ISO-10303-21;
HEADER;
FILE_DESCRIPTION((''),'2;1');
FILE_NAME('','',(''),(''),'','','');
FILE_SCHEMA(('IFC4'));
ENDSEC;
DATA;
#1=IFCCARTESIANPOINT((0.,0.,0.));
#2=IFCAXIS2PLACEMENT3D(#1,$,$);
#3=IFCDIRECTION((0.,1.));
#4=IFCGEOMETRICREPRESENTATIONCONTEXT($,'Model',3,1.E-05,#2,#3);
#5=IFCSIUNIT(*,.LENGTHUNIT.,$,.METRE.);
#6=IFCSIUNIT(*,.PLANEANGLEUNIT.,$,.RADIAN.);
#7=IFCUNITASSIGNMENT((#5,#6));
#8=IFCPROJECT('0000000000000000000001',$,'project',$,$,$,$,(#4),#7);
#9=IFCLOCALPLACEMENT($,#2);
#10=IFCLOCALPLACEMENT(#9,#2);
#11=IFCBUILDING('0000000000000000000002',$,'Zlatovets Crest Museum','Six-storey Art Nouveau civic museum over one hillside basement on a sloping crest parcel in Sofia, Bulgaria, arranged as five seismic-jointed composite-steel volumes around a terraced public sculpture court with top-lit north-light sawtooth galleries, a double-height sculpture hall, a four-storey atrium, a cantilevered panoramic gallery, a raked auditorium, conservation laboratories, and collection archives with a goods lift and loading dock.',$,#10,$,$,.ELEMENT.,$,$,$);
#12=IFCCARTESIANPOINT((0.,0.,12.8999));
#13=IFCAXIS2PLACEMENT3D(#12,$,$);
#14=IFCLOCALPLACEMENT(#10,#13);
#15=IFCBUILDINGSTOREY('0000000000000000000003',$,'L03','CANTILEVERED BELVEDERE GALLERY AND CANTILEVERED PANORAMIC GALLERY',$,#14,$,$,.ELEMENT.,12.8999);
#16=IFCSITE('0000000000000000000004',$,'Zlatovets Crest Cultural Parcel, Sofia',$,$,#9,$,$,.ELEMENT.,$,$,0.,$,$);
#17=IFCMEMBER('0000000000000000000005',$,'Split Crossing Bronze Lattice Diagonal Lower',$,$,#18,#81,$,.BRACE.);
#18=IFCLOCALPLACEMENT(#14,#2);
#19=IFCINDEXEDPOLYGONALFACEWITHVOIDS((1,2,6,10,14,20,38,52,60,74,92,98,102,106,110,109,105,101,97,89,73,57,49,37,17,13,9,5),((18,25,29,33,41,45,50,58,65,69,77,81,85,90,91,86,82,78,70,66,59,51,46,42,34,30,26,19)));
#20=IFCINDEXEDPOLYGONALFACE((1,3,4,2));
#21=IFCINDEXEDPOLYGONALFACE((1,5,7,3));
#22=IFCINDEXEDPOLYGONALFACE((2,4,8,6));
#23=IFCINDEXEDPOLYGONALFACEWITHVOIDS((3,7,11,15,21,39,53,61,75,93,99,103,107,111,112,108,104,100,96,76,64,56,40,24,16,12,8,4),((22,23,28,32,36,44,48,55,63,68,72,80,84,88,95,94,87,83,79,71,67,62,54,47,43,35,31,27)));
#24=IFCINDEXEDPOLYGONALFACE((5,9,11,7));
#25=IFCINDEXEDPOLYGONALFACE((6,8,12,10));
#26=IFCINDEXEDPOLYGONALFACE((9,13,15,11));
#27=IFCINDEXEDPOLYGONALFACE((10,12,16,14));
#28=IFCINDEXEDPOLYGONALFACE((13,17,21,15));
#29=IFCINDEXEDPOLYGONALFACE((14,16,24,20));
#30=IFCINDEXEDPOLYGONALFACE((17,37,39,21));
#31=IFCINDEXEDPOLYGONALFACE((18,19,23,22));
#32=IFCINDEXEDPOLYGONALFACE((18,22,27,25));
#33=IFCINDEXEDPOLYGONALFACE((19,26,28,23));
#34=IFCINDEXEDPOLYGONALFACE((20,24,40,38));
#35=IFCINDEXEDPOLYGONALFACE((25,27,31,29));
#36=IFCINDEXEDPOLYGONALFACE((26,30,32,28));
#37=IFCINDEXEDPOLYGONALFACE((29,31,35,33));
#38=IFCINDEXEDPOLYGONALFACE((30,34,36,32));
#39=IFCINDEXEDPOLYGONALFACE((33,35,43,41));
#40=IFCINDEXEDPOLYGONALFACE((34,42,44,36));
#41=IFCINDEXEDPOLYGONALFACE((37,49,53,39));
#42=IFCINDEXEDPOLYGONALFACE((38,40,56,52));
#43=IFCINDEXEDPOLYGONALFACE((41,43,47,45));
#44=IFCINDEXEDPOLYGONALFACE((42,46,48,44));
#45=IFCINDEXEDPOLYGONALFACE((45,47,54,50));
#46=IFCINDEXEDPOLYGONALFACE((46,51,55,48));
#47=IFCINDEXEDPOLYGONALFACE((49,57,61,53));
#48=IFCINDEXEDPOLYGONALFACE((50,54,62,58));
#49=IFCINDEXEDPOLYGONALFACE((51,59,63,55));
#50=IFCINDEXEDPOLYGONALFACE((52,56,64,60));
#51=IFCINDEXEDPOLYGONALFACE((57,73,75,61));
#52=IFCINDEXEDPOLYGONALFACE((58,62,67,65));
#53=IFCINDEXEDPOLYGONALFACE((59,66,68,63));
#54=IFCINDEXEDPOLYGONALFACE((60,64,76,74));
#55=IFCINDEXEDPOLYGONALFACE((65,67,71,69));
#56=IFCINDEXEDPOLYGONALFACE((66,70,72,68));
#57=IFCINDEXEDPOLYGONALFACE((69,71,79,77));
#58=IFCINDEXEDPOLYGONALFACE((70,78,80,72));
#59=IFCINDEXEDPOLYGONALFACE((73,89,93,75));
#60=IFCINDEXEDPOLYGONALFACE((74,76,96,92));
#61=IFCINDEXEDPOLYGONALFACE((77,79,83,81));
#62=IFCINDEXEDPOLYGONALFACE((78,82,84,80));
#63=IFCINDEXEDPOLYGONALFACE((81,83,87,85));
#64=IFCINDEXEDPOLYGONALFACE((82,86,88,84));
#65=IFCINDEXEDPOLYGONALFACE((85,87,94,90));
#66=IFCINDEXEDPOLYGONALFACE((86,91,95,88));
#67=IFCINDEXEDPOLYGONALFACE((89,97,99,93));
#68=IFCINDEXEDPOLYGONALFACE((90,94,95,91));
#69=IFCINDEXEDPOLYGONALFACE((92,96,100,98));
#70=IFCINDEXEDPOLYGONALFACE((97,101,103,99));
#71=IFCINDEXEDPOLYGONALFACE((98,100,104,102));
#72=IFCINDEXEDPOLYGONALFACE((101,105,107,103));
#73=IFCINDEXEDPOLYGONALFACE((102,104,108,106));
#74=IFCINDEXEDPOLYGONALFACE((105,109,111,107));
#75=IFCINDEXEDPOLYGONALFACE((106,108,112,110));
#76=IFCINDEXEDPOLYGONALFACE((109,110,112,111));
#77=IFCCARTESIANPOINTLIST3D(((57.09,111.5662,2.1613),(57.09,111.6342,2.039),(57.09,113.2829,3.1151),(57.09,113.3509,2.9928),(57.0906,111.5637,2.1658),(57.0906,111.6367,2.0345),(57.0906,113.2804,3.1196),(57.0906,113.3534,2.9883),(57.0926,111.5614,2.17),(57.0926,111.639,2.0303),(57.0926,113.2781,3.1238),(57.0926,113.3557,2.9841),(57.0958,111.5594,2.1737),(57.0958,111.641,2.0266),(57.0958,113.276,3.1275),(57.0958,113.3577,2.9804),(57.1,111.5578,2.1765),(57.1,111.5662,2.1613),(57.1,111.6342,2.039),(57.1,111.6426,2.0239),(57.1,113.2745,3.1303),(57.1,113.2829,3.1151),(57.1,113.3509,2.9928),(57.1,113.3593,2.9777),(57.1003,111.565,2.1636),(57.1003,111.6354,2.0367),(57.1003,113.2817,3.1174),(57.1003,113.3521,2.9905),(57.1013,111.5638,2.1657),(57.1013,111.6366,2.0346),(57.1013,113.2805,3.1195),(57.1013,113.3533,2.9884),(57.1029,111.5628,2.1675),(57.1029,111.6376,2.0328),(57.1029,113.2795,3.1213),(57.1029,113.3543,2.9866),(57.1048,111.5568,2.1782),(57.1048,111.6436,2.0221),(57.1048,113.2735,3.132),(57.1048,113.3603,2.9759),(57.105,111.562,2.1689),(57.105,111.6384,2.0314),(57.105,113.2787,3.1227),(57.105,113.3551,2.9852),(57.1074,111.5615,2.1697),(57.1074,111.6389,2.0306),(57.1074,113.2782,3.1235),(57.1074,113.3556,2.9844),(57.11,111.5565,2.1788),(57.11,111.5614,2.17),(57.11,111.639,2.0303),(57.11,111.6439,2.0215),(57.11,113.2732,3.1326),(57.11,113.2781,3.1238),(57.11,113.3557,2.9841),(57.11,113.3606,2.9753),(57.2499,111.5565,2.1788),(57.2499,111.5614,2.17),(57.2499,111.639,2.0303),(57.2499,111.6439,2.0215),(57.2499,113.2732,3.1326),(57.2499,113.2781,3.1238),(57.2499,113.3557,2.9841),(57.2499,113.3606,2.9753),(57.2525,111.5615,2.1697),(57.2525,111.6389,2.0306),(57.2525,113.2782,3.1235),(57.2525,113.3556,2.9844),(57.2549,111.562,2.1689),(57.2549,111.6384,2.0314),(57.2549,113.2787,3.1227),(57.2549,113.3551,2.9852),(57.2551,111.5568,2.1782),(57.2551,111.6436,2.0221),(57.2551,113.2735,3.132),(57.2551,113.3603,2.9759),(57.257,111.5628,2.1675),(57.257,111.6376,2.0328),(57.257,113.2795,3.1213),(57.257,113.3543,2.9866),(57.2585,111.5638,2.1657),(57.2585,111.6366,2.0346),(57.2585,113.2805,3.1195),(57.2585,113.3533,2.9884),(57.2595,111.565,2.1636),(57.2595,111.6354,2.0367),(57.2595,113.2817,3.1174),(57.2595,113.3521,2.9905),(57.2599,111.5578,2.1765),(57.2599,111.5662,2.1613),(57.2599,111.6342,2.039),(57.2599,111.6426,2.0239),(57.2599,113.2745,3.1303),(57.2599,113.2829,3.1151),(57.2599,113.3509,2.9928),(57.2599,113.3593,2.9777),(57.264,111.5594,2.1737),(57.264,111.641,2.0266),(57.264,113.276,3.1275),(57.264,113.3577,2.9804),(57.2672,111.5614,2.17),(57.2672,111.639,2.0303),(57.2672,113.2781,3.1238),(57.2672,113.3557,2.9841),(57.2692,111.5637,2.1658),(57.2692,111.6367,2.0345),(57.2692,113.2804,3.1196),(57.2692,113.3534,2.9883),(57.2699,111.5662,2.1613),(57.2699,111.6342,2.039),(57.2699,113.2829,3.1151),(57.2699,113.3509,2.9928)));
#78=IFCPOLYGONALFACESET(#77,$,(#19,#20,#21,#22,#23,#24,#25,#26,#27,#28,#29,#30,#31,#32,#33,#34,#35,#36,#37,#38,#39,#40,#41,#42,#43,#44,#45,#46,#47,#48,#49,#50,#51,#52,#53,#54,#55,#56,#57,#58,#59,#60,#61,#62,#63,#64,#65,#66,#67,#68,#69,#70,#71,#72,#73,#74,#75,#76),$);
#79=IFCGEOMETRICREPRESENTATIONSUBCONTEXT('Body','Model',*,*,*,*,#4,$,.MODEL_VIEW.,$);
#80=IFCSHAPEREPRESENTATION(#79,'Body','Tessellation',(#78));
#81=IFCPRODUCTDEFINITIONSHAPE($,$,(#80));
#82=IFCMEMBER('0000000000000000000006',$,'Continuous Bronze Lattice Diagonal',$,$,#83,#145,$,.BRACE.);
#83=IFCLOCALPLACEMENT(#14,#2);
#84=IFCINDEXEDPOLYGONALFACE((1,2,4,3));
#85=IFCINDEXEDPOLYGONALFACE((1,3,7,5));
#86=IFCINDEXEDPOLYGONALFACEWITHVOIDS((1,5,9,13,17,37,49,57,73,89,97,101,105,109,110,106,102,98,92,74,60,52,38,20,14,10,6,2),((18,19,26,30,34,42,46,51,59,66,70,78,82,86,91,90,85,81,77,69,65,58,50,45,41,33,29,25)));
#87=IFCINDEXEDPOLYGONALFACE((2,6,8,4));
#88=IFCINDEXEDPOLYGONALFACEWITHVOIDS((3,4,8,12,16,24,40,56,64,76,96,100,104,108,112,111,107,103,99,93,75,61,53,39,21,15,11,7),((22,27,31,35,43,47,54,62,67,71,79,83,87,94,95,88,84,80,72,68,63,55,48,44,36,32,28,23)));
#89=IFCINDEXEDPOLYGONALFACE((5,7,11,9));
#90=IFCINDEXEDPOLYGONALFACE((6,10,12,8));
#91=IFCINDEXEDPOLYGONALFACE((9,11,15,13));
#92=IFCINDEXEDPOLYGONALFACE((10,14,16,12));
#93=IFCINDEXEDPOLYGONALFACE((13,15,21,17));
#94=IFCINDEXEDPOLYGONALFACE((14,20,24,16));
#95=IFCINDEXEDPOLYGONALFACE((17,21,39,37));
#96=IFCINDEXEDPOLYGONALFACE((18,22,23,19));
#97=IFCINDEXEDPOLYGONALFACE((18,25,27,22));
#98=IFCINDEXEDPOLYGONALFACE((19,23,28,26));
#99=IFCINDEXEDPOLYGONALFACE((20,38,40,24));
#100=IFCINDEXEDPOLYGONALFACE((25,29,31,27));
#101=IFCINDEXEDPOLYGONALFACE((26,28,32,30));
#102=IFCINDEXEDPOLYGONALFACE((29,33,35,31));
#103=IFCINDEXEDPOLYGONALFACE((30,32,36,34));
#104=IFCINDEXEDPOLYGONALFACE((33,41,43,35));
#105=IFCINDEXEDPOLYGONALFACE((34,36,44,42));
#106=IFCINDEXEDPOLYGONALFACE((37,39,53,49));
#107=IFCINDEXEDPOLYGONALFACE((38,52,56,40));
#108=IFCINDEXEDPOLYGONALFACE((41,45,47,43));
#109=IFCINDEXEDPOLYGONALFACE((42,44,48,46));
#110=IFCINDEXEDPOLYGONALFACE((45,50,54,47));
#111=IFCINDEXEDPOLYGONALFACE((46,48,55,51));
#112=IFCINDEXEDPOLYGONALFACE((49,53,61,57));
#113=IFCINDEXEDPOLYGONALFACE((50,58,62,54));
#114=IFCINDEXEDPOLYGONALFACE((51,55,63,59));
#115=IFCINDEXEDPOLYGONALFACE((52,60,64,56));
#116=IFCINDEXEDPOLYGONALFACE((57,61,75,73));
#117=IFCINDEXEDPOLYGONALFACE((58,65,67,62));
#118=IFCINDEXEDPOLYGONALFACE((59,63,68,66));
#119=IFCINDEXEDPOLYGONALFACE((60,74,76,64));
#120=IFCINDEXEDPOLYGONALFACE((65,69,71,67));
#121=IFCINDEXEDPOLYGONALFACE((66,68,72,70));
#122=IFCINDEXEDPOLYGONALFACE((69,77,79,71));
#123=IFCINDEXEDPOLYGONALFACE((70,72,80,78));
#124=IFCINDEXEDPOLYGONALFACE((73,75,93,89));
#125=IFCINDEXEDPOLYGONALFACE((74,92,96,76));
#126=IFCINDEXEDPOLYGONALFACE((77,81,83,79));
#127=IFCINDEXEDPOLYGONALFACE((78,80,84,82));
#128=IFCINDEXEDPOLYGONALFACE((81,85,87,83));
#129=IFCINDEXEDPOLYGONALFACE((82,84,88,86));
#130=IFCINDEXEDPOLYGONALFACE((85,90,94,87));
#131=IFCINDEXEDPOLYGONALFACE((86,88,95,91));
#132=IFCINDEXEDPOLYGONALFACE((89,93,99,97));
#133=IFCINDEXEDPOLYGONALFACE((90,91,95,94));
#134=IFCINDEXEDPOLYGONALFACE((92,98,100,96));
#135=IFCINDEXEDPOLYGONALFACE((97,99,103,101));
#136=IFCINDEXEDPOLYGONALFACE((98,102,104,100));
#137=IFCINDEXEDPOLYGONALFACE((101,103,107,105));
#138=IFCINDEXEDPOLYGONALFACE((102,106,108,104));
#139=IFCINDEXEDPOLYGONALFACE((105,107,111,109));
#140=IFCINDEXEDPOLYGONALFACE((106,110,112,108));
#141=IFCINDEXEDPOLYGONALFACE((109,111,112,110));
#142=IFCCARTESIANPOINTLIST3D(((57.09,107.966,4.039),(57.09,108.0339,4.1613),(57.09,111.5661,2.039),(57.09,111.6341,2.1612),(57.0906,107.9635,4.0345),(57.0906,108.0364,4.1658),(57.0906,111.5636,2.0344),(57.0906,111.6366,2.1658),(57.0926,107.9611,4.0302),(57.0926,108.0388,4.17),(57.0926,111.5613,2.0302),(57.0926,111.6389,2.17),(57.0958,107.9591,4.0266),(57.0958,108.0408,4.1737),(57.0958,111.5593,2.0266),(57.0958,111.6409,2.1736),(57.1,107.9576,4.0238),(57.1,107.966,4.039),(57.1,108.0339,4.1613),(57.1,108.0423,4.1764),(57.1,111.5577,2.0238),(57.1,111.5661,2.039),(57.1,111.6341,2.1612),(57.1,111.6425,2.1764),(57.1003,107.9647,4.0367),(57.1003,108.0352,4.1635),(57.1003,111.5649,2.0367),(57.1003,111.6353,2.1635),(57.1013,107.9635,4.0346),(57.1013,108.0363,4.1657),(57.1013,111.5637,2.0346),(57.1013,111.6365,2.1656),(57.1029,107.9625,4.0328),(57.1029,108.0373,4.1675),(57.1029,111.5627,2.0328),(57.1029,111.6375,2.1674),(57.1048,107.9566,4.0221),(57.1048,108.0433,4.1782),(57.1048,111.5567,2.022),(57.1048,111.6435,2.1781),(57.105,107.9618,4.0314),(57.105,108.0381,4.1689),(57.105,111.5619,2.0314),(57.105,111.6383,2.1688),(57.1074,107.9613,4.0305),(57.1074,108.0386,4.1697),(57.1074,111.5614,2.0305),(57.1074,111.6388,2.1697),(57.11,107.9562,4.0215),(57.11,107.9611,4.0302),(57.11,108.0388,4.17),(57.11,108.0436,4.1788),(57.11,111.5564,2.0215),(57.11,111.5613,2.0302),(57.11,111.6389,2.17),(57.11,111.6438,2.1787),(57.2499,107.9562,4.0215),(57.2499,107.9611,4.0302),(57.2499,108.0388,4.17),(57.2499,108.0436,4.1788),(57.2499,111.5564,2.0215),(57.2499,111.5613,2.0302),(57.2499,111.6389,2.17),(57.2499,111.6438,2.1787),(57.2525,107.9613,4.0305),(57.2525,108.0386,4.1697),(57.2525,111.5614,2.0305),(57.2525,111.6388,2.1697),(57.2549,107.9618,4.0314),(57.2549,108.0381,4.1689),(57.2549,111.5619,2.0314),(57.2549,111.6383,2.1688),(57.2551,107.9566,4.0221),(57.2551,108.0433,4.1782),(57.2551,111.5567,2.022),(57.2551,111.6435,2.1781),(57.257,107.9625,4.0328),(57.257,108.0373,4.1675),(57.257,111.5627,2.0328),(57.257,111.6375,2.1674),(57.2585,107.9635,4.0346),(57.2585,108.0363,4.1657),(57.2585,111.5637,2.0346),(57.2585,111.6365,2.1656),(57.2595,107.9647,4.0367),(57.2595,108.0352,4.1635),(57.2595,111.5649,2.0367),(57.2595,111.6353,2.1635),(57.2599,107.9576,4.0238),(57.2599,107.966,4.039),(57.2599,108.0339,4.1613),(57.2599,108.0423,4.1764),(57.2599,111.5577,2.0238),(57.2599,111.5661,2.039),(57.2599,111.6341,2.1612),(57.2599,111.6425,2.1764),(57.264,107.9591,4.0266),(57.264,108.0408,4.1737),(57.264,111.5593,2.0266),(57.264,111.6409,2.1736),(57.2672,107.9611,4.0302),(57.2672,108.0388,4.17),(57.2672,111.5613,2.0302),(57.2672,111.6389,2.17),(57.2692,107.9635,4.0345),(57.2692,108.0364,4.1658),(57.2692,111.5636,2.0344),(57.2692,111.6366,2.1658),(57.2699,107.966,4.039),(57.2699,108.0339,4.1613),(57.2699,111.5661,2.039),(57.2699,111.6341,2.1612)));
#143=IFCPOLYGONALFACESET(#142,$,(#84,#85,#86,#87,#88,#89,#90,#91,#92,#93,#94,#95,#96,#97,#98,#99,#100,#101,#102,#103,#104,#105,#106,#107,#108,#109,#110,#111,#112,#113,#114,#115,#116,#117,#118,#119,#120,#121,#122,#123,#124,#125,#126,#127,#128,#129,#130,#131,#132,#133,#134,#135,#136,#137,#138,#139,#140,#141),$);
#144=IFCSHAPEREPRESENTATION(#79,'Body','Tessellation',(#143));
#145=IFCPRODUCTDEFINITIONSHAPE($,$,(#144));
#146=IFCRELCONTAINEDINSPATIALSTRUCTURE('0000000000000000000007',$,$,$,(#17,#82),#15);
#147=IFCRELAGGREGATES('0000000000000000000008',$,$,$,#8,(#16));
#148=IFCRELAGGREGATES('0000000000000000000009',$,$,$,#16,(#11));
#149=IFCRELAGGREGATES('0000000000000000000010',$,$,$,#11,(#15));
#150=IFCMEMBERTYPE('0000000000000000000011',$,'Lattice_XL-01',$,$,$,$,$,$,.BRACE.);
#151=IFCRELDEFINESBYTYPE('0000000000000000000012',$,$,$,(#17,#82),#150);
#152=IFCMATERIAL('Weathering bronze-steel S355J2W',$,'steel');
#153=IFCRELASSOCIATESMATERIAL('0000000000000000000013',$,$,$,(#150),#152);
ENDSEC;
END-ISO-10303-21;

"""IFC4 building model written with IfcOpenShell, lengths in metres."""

from ifc_helpers import new_model, si_unit, direction, frame, origin, origin_2d, place, context, subcontext, project, spatial, hollow_rectangle, extrude, material, material_profile, profile_set, type_object, element, save


model = new_model("IFC4")

# Units and contexts
model_context = context("Model", 3, precision=1e-05, world=origin(), true_north=direction((0.0, 1.0)))
body_context = subcontext(model_context, "Body", "Model", "MODEL_VIEW")
ifc_project = project(units=[si_unit("LENGTHUNIT", "METRE"), si_unit("PLANEANGLEUNIT", "RADIAN")], contexts=[model_context])

# Site, building, storey
site_placement = place(None, origin())
site = spatial("IfcSite", under=ifc_project, at=site_placement, Name="Zlatovets Crest Cultural Parcel, Sofia", CompositionType="ELEMENT", RefElevation=0.0)
building_placement = place(site_placement, origin())
building = spatial("IfcBuilding", under=site, at=building_placement, Name="Zlatovets Crest Museum", Description="Six-storey Art Nouveau civic museum over one hillside basement on a sloping crest parcel in Sofia, Bulgaria, arranged as five seismic-jointed composite-steel volumes around a terraced public sculpture court with top-lit north-light sawtooth galleries, a double-height sculpture hall, a four-storey atrium, a cantilevered panoramic gallery, a raked auditorium, conservation laboratories, and collection archives with a goods lift and loading dock.", CompositionType="ELEMENT")
storey_placement = place(building_placement, frame((0.0, 0.0, 12.8999)))
storey = spatial("IfcBuildingStorey", under=building, at=storey_placement, Name="L03", Description="CANTILEVERED BELVEDERE GALLERY AND CANTILEVERED PANORAMIC GALLERY", CompositionType="ELEMENT", Elevation=12.8999)

# Members
ifc_material_1 = material(Name="Weathering bronze-steel S355J2W", Category="steel")
ifc_material_profile_1 = material_profile(ifc_material_1, hollow_rectangle(XDim=0.1799, YDim=0.1799, WallThickness=0.01, InnerFilletRadius=0.01, OuterFilletRadius=0.02, at=origin_2d()), Name="SHS 180x180x10.0")
ifc_profile_set_1 = profile_set([ifc_material_profile_1], Name="Weathering bronze-steel S355J2W")
member_type_1 = type_object("IfcMemberType", Name="Lattice_XL-01", PredefinedType="BRACE", material=ifc_profile_set_1)
member_1_placement = place(storey_placement, frame((57.1799, 113.3169, 3.054), z_axis=(0.0, -0.87414, -0.485675), x_axis=(1.0, 0.0, 0.0)))
element("IfcMember", 1, at=member_1_placement, inside=storey, type_object=member_type_1, Name="Split Crossing Bronze Lattice Diagonal Lower", PredefinedType="BRACE", context=body_context, shape_type="SweptSolid", body=[
    extrude(hollow_rectangle(XDim=0.1799, YDim=0.1799, WallThickness=0.01, InnerFilletRadius=0.01, OuterFilletRadius=0.02, at=origin_2d()), origin(), (0.0, 0.0, 1.0), 1.9639),
])
member_2_placement = place(storey_placement, frame((57.1799, 111.6001, 2.1001), z_axis=(0.0, -0.874163, 0.485633), x_axis=(1.0, 0.0, 0.0)))
element("IfcMember", 2, at=member_2_placement, inside=storey, type_object=member_type_1, Name="Continuous Bronze Lattice Diagonal", PredefinedType="BRACE", context=body_context, shape_type="SweptSolid", body=[
    extrude(hollow_rectangle(XDim=0.1799, YDim=0.1799, WallThickness=0.01, InnerFilletRadius=0.01, OuterFilletRadius=0.02, at=origin_2d()), origin(), (0.0, 0.0, 1.0), 4.1184),
])

save(model, "model.ifc")
